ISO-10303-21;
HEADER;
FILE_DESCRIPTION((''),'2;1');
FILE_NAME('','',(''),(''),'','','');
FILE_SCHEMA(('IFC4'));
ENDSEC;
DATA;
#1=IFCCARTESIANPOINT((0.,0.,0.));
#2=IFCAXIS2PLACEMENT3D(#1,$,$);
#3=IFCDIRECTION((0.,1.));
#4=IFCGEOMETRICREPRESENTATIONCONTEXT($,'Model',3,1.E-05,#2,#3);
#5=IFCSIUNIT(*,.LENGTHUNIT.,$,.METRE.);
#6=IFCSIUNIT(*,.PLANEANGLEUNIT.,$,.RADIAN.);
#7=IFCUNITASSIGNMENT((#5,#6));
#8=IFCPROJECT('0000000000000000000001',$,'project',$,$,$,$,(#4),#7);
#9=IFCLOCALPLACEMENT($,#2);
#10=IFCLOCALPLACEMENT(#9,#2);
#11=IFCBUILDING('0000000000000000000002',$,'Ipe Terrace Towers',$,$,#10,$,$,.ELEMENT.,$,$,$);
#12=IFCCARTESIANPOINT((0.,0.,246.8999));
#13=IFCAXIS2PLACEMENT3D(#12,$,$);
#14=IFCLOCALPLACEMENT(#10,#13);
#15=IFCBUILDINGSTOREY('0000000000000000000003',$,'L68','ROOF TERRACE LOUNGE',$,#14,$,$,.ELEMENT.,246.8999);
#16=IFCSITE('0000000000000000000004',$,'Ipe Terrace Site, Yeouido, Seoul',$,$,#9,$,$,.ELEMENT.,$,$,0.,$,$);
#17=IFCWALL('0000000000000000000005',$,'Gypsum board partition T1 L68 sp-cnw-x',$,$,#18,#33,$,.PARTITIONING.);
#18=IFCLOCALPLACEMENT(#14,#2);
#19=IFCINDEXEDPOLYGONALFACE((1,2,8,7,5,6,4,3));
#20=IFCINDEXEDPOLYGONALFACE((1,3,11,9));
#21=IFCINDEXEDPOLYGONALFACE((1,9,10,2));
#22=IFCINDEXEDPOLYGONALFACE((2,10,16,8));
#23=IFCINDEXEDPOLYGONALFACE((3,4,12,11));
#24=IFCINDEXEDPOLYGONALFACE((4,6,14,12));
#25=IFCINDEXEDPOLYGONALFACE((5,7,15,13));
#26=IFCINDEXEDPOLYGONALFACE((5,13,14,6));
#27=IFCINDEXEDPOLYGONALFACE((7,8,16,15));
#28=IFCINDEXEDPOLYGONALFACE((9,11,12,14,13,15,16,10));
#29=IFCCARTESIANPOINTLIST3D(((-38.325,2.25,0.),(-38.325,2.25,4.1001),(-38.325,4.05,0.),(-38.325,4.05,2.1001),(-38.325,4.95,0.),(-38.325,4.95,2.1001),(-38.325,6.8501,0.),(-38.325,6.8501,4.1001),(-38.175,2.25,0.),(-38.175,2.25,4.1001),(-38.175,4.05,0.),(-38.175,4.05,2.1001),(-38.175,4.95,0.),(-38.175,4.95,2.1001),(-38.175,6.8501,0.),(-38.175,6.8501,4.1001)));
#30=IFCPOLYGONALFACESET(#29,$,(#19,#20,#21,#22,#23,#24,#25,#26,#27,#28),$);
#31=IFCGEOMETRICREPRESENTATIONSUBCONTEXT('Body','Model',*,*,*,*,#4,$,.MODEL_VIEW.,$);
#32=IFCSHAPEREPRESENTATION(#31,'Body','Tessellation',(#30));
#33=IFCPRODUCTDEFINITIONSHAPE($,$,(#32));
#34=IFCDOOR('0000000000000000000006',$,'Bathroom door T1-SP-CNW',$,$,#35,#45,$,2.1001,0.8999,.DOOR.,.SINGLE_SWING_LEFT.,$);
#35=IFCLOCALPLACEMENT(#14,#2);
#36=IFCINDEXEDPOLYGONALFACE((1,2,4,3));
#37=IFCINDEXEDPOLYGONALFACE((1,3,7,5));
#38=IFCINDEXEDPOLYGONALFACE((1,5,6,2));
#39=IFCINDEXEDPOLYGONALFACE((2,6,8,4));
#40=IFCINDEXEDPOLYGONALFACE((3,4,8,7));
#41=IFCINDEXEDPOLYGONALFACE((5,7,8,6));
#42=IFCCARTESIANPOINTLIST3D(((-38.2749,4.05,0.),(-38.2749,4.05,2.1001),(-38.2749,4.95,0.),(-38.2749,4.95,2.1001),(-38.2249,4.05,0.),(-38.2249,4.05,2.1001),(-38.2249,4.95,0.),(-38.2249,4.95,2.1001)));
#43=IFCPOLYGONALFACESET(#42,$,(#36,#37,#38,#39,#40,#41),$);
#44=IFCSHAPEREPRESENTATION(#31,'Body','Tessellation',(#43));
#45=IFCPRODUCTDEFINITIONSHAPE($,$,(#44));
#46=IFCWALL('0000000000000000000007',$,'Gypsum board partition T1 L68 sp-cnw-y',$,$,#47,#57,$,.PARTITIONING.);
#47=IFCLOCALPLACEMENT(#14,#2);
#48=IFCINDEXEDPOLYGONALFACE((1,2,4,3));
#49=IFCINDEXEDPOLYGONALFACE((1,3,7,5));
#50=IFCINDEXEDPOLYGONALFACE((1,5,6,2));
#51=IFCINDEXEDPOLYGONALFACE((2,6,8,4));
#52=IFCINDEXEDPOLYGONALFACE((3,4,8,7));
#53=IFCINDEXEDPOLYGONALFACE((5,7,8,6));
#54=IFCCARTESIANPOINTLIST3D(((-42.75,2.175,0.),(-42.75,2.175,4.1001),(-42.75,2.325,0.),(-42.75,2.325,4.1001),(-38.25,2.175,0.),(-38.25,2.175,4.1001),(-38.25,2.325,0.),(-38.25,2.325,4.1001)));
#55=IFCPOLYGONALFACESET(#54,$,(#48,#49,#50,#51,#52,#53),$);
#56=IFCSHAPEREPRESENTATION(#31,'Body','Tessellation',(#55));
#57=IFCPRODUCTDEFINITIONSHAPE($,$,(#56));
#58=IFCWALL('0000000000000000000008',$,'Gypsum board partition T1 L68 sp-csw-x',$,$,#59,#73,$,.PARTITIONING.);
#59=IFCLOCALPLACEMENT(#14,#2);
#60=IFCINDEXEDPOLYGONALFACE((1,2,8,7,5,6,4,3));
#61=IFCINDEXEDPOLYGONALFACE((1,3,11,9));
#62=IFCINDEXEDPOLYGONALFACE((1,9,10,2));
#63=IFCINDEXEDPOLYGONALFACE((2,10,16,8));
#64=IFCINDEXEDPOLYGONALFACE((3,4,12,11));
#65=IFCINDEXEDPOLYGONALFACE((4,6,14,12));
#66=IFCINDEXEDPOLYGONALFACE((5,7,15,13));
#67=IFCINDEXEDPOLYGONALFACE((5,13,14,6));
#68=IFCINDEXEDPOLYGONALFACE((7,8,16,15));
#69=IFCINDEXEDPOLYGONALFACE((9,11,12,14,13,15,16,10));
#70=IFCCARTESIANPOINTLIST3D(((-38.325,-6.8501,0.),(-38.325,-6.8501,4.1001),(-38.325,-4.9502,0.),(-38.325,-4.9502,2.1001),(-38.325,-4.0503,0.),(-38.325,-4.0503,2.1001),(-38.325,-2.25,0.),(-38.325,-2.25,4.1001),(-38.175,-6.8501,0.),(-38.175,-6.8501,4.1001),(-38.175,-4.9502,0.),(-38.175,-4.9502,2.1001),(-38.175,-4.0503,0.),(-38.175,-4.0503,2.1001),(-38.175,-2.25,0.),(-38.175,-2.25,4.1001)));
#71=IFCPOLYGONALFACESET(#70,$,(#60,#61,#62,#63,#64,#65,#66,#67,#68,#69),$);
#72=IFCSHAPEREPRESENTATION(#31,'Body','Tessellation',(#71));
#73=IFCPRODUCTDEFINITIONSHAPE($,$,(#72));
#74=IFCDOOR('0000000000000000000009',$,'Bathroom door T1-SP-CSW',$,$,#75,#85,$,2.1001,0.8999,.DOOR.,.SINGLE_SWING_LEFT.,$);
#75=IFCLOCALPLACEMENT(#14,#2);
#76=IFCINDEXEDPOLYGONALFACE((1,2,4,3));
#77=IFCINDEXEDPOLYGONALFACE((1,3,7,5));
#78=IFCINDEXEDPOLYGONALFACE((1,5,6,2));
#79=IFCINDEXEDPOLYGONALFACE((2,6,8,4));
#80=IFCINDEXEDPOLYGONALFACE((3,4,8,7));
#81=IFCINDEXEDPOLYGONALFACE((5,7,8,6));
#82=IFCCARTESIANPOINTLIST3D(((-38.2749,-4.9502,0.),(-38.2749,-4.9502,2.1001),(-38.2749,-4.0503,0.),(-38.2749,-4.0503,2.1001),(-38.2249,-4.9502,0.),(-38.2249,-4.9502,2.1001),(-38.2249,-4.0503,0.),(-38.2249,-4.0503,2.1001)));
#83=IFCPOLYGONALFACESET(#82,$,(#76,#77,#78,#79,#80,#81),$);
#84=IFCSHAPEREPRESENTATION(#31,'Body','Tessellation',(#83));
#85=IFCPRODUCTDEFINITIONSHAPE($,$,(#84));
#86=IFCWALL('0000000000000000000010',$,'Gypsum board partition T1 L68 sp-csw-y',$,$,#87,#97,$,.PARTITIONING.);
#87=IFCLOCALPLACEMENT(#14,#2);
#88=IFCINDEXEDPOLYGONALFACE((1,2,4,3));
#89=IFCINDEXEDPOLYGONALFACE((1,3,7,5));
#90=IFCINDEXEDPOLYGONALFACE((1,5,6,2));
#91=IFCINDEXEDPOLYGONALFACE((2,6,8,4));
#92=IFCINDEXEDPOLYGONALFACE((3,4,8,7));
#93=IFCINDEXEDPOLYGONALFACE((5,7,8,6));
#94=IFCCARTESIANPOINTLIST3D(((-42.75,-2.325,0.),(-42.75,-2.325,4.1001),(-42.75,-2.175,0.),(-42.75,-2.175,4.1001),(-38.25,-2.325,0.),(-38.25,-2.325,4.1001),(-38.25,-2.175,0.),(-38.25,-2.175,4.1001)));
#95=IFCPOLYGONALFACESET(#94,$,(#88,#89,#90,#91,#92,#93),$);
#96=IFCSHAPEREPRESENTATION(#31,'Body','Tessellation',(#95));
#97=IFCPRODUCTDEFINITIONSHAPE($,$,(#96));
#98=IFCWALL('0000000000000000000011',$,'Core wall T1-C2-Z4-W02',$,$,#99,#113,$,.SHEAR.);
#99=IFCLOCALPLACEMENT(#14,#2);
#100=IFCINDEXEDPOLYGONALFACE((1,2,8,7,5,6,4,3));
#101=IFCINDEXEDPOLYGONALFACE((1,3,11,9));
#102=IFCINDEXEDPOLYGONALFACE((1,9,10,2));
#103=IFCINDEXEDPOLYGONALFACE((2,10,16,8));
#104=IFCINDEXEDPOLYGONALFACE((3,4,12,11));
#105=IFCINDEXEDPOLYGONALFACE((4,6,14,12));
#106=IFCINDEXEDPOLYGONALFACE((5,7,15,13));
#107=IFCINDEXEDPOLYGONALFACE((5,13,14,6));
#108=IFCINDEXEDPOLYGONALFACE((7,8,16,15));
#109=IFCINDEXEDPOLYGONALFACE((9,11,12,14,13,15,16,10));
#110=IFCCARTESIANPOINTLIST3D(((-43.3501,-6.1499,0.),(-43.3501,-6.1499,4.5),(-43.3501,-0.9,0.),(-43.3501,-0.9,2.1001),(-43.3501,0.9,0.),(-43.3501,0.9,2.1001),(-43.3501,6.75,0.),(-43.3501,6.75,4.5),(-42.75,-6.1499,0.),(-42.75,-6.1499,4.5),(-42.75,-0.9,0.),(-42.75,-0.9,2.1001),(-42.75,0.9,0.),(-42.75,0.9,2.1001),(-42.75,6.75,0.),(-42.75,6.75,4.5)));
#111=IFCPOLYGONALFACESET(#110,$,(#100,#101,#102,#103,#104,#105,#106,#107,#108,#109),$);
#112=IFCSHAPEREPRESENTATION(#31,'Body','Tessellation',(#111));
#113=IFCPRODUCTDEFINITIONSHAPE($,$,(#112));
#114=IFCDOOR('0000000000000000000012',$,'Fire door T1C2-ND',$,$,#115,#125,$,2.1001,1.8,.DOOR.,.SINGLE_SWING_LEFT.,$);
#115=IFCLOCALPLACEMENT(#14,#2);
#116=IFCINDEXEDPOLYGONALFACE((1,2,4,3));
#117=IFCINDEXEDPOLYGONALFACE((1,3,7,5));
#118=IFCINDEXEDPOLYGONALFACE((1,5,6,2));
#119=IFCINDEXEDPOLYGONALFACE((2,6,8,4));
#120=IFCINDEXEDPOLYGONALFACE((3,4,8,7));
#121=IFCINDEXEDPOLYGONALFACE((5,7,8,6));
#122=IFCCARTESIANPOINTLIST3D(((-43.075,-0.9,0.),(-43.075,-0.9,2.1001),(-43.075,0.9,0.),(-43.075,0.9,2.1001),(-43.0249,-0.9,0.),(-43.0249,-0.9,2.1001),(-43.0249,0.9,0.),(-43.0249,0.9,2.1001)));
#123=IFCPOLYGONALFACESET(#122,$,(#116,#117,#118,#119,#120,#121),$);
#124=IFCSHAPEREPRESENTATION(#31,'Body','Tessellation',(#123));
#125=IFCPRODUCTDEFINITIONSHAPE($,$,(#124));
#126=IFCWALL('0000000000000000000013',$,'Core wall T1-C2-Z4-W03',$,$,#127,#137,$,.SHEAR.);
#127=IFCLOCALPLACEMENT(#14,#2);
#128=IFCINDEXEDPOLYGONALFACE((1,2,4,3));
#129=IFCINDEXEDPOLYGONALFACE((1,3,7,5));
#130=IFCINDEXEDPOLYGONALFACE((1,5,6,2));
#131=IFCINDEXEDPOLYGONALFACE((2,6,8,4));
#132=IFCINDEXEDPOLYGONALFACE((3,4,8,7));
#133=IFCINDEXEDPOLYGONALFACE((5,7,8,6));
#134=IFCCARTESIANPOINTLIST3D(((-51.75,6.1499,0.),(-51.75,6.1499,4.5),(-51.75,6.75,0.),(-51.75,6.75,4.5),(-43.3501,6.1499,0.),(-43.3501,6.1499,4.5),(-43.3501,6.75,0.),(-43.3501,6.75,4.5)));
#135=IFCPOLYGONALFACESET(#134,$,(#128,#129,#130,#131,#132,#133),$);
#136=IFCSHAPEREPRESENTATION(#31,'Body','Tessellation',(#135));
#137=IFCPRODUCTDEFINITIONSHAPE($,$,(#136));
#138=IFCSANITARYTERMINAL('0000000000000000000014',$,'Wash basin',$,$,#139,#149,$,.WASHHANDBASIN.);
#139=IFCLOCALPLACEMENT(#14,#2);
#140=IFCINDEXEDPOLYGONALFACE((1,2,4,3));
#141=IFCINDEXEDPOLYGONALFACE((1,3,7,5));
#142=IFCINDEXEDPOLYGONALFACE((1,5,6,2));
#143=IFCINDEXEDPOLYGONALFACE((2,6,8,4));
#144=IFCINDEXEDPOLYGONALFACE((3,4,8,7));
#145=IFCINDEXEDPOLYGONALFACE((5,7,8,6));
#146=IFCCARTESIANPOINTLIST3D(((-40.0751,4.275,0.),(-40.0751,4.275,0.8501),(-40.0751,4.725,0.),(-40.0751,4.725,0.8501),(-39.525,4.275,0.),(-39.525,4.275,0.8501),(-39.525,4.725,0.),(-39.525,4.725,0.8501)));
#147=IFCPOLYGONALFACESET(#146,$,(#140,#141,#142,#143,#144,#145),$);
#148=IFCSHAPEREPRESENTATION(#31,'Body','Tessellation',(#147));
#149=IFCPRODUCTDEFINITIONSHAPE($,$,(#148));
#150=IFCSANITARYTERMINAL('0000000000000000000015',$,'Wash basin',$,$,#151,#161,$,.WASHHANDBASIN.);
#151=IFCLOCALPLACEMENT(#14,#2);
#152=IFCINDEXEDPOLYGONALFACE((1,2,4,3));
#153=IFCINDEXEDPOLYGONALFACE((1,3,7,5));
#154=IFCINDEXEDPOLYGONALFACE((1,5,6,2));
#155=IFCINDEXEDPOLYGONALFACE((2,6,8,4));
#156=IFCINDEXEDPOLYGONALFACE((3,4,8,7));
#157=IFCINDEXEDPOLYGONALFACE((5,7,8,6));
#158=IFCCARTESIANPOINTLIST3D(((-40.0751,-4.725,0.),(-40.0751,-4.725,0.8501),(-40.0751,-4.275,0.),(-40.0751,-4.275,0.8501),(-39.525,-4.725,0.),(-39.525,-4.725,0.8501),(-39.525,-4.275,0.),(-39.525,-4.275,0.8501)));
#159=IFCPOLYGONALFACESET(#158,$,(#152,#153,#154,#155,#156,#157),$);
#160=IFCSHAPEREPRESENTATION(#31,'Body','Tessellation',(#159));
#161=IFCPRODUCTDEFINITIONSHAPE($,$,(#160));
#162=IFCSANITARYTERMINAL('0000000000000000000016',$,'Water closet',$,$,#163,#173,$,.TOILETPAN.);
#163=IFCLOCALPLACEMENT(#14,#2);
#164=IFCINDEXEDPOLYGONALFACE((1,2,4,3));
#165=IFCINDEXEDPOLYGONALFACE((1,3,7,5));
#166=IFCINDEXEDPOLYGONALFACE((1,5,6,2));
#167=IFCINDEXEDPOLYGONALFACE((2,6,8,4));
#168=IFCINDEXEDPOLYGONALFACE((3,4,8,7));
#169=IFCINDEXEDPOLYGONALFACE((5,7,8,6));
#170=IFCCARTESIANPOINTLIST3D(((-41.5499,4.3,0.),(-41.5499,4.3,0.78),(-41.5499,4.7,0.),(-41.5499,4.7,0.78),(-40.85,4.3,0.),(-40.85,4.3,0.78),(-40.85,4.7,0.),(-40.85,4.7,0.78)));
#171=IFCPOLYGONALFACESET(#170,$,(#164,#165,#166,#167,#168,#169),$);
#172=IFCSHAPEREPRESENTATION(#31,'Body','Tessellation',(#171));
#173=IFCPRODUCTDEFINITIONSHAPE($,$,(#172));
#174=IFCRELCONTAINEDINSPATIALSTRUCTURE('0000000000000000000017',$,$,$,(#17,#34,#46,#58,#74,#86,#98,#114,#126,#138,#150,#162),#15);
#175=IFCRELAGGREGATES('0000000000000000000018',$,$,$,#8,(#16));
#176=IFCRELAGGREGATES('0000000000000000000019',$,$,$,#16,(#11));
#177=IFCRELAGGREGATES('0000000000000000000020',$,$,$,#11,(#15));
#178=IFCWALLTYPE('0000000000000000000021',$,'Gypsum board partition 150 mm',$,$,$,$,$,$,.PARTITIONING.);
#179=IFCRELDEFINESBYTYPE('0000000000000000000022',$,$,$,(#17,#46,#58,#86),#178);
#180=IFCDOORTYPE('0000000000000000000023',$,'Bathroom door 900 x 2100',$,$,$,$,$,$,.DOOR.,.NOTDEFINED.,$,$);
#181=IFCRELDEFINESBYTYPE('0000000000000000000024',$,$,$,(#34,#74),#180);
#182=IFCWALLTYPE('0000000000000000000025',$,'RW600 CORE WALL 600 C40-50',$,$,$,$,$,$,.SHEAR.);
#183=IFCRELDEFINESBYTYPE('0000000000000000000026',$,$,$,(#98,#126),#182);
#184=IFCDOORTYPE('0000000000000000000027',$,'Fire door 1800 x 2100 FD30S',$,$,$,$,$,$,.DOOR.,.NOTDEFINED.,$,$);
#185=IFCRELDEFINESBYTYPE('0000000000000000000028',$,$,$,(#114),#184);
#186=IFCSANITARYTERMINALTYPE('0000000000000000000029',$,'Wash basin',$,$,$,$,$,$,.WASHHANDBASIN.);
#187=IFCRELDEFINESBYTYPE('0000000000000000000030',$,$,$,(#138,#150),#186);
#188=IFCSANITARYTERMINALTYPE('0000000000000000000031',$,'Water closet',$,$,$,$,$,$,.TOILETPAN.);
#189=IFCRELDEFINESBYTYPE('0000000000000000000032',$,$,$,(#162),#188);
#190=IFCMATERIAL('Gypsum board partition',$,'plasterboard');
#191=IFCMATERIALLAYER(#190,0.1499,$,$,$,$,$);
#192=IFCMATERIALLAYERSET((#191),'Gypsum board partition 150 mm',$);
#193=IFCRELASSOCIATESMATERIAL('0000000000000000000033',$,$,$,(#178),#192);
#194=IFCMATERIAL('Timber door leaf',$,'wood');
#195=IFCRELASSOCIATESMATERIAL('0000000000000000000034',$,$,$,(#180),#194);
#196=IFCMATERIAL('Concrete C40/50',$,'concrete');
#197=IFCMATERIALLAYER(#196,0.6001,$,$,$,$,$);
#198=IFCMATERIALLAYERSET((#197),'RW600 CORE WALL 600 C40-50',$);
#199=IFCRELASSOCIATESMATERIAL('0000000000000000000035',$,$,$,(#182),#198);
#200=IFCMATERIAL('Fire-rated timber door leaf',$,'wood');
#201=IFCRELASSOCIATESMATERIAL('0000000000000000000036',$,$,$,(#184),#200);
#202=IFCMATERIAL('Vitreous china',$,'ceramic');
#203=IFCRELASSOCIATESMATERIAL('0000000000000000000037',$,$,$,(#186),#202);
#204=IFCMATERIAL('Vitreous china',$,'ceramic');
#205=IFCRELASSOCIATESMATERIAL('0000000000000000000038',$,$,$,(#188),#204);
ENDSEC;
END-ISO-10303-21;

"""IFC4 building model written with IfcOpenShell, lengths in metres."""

from ifc_helpers import new_model, si_unit, direction, frame, frame_2d, origin, origin_2d, place, context, subcontext, project, spatial, rectangle, extrude, material, layer, layer_set, type_object, element, fill, save


model = new_model("IFC4")

# Units and contexts
model_context = context("Model", 3, precision=1e-05, world=origin(), true_north=direction((0.0, 1.0)))
body_context = subcontext(model_context, "Body", "Model", "MODEL_VIEW")
ifc_project = project(units=[si_unit("LENGTHUNIT", "METRE"), si_unit("PLANEANGLEUNIT", "RADIAN")], contexts=[model_context])

# Site, building, storey
site_placement = place(None, origin())
site = spatial("IfcSite", under=ifc_project, at=site_placement, Name="Ipe Terrace Site, Yeouido, Seoul", CompositionType="ELEMENT", RefElevation=0.0)
building_placement = place(site_placement, origin())
building = spatial("IfcBuilding", under=site, at=building_placement, Name="Ipe Terrace Towers", CompositionType="ELEMENT")
storey_placement = place(building_placement, frame((0.0, 0.0, 246.8999)))
storey = spatial("IfcBuildingStorey", under=building, at=storey_placement, Name="L68", Description="ROOF TERRACE LOUNGE", CompositionType="ELEMENT", Elevation=246.8999)

# Wall, opening, door
ifc_material_1 = material(Name="Gypsum board partition", Category="plasterboard")
ifc_layer_1 = layer(ifc_material_1, 0.1499)
ifc_layer_set_1 = layer_set([ifc_layer_1], Name="Gypsum board partition 150 mm")
wall_type_1 = type_object("IfcWallType", Name="Gypsum board partition 150 mm", PredefinedType="PARTITIONING", material=ifc_layer_set_1)
wall_1_placement = place(storey_placement, frame((-38.25, 2.25, 0.0), z_axis=(0.0, 0.0, 1.0), x_axis=(0.0, 1.0, 0.0)))
wall_1 = element("IfcWall", 1, at=wall_1_placement, inside=storey, type_object=wall_type_1, Name="Gypsum board partition T1 L68 sp-cnw-x", PredefinedType="PARTITIONING", context=body_context, shape_type="SweptSolid", body=[
    extrude(rectangle(XDim=4.6001, YDim=0.1499, at=frame_2d((2.3, 0.0))), origin(), (0.0, 0.0, 1.0), 4.1001),
])
opening_1_placement = place(wall_1_placement, frame((1.8, 0.0, 0.0)))
opening_1 = element("IfcOpeningElement", 2, at=opening_1_placement, cuts=wall_1, PredefinedType="OPENING", context=body_context, shape_type="SweptSolid", body=[
    extrude(rectangle(XDim=0.8999, YDim=2.1001, at=frame_2d((0.45, 1.05))), frame((0.0, 0.085, 0.0), z_axis=(0.0, -1.0, 0.0), x_axis=(1.0, 0.0, 0.0)), (0.0, 0.0, 1.0), 0.1699),
])
ifc_material_2 = material(Name="Timber door leaf", Category="wood")
door_type_1 = type_object("IfcDoorType", Name="Bathroom door 900 x 2100", OperationType="NOTDEFINED", PredefinedType="DOOR", material=ifc_material_2)
door_1_placement = place(opening_1_placement, origin())
door_1 = element("IfcDoor", 3, at=door_1_placement, inside=storey, type_object=door_type_1, Name="Bathroom door T1-SP-CNW", OperationType="SINGLE_SWING_LEFT", OverallHeight=2.1001, OverallWidth=0.8999, PredefinedType="DOOR", context=body_context, shape_type="SweptSolid", body=[
    extrude(rectangle(XDim=0.8999, YDim=2.1001, at=frame_2d((0.45, 1.05))), frame((0.0, 0.0249, 0.0), z_axis=(0.0, -1.0, 0.0), x_axis=(1.0, 0.0, 0.0)), (0.0, 0.0, 1.0), 0.05),
])
fill(opening_1, door_1)

# Wall
wall_2_placement = place(storey_placement, frame((-42.75, 2.25, 0.0), z_axis=(0.0, 0.0, 1.0), x_axis=(1.0, 0.0, 0.0)))
element("IfcWall", 4, at=wall_2_placement, inside=storey, type_object=wall_type_1, Name="Gypsum board partition T1 L68 sp-cnw-y", PredefinedType="PARTITIONING", context=body_context, shape_type="SweptSolid", body=[
    extrude(rectangle(XDim=4.5, YDim=0.1499, at=frame_2d((2.25, 0.0))), origin(), (0.0, 0.0, 1.0), 4.1001),
])

# Wall, opening, door
wall_3_placement = place(storey_placement, frame((-38.25, -6.8501, 0.0), z_axis=(0.0, 0.0, 1.0), x_axis=(0.0, 1.0, 0.0)))
wall_3 = element("IfcWall", 5, at=wall_3_placement, inside=storey, type_object=wall_type_1, Name="Gypsum board partition T1 L68 sp-csw-x", PredefinedType="PARTITIONING", context=body_context, shape_type="SweptSolid", body=[
    extrude(rectangle(XDim=4.6001, YDim=0.1499, at=frame_2d((2.3, 0.0))), origin(), (0.0, 0.0, 1.0), 4.1001),
])
opening_2_placement = place(wall_3_placement, frame((1.8999, 0.0, 0.0)))
opening_2 = element("IfcOpeningElement", 6, at=opening_2_placement, cuts=wall_3, PredefinedType="OPENING", context=body_context, shape_type="SweptSolid", body=[
    extrude(rectangle(XDim=0.8999, YDim=2.1001, at=frame_2d((0.45, 1.05))), frame((0.0, 0.085, 0.0), z_axis=(0.0, -1.0, 0.0), x_axis=(1.0, 0.0, 0.0)), (0.0, 0.0, 1.0), 0.1699),
])
door_2_placement = place(opening_2_placement, origin())
door_2 = element("IfcDoor", 7, at=door_2_placement, inside=storey, type_object=door_type_1, Name="Bathroom door T1-SP-CSW", OperationType="SINGLE_SWING_LEFT", OverallHeight=2.1001, OverallWidth=0.8999, PredefinedType="DOOR", context=body_context, shape_type="SweptSolid", body=[
    extrude(rectangle(XDim=0.8999, YDim=2.1001, at=frame_2d((0.45, 1.05))), frame((0.0, 0.0249, 0.0), z_axis=(0.0, -1.0, 0.0), x_axis=(1.0, 0.0, 0.0)), (0.0, 0.0, 1.0), 0.05),
])
fill(opening_2, door_2)

# Wall
wall_4_placement = place(storey_placement, frame((-42.75, -2.25, 0.0), z_axis=(0.0, 0.0, 1.0), x_axis=(1.0, 0.0, 0.0)))
element("IfcWall", 8, at=wall_4_placement, inside=storey, type_object=wall_type_1, Name="Gypsum board partition T1 L68 sp-csw-y", PredefinedType="PARTITIONING", context=body_context, shape_type="SweptSolid", body=[
    extrude(rectangle(XDim=4.5, YDim=0.1499, at=frame_2d((2.25, 0.0))), origin(), (0.0, 0.0, 1.0), 4.1001),
])

# Wall, opening, door
ifc_material_3 = material(Name="Concrete C40/50", Category="concrete")
ifc_layer_2 = layer(ifc_material_3, 0.6001)
ifc_layer_set_2 = layer_set([ifc_layer_2], Name="RW600 CORE WALL 600 C40-50")
wall_type_2 = type_object("IfcWallType", Name="RW600 CORE WALL 600 C40-50", PredefinedType="SHEAR", material=ifc_layer_set_2)
wall_5_placement = place(storey_placement, frame((-43.05, -6.1499, 0.0), z_axis=(0.0, 0.0, 1.0), x_axis=(0.0, 1.0, 0.0)))
wall_5 = element("IfcWall", 9, at=wall_5_placement, inside=storey, type_object=wall_type_2, Name="Core wall T1-C2-Z4-W02", PredefinedType="SHEAR", context=body_context, shape_type="SweptSolid", body=[
    extrude(rectangle(XDim=12.8999, YDim=0.6001, at=frame_2d((6.45, 0.0))), origin(), (0.0, 0.0, 1.0), 4.5),
])
opening_3_placement = place(wall_5_placement, frame((5.25, 0.0, 0.0)))
opening_3 = element("IfcOpeningElement", 10, at=opening_3_placement, cuts=wall_5, PredefinedType="OPENING", context=body_context, shape_type="SweptSolid", body=[
    extrude(rectangle(XDim=1.8, YDim=2.1001, at=frame_2d((0.8999, 1.05))), frame((0.0, 0.3101, 0.0), z_axis=(0.0, -1.0, 0.0), x_axis=(1.0, 0.0, 0.0)), (0.0, 0.0, 1.0), 0.6201),
])
ifc_material_4 = material(Name="Fire-rated timber door leaf", Category="wood")
door_type_2 = type_object("IfcDoorType", Name="Fire door 1800 x 2100 FD30S", OperationType="NOTDEFINED", PredefinedType="DOOR", material=ifc_material_4)
door_3_placement = place(opening_3_placement, origin())
door_3 = element("IfcDoor", 11, at=door_3_placement, inside=storey, type_object=door_type_2, Name="Fire door T1C2-ND", OperationType="SINGLE_SWING_LEFT", OverallHeight=2.1001, OverallWidth=1.8, PredefinedType="DOOR", context=body_context, shape_type="SweptSolid", body=[
    extrude(rectangle(XDim=1.8, YDim=2.1001, at=frame_2d((0.8999, 1.05))), frame((0.0, 0.0249, 0.0), z_axis=(0.0, -1.0, 0.0), x_axis=(1.0, 0.0, 0.0)), (0.0, 0.0, 1.0), 0.05),
])
fill(opening_3, door_3)

# Wall
wall_6_placement = place(storey_placement, frame((-43.3501, 6.45, 0.0), z_axis=(0.0, 0.0, 1.0), x_axis=(-1.0, 0.0, 0.0)))
element("IfcWall", 12, at=wall_6_placement, inside=storey, type_object=wall_type_2, Name="Core wall T1-C2-Z4-W03", PredefinedType="SHEAR", context=body_context, shape_type="SweptSolid", body=[
    extrude(rectangle(XDim=8.3999, YDim=0.6001, at=frame_2d((4.2, 0.0))), origin(), (0.0, 0.0, 1.0), 4.5),
])

# Sanitary terminals
ifc_material_5 = material(Name="Vitreous china", Category="ceramic")
sanitary_terminal_type_1 = type_object("IfcSanitaryTerminalType", Name="Wash basin", PredefinedType="WASHHANDBASIN", material=ifc_material_5)
for number, where, z_axis, x_axis, name in (
    (13, (-39.8, 4.5, 0.0), (0.0, 0.0, 1.0), (1.0, 0.0, 0.0), "Wash basin"),
    (14, (-39.8, -4.5, 0.0), (0.0, 0.0, 1.0), (1.0, 0.0, 0.0), "Wash basin"),
):
    element("IfcSanitaryTerminal", number, at=place(storey_placement, frame(where, z_axis=z_axis, x_axis=x_axis)), inside=storey, type_object=sanitary_terminal_type_1, Name=name, PredefinedType="WASHHANDBASIN", context=body_context, shape_type="SweptSolid", body=[
        extrude(rectangle(XDim=0.55, YDim=0.45, at=origin_2d()), origin(), (0.0, 0.0, 1.0), 0.8501),
    ])
ifc_material_6 = material(Name="Vitreous china", Category="ceramic")
sanitary_terminal_type_2 = type_object("IfcSanitaryTerminalType", Name="Water closet", PredefinedType="TOILETPAN", material=ifc_material_6)
for number, where, z_axis, x_axis, name in (
    (15, (-41.2, 4.5, 0.0), (0.0, 0.0, 1.0), (1.0, 0.0, 0.0), "Water closet"),
):
    element("IfcSanitaryTerminal", number, at=place(storey_placement, frame(where, z_axis=z_axis, x_axis=x_axis)), inside=storey, type_object=sanitary_terminal_type_2, Name=name, PredefinedType="TOILETPAN", context=body_context, shape_type="SweptSolid", body=[
        extrude(rectangle(XDim=0.7, YDim=0.3999, at=origin_2d()), origin(), (0.0, 0.0, 1.0), 0.78),
    ])

save(model, "model.ifc")
